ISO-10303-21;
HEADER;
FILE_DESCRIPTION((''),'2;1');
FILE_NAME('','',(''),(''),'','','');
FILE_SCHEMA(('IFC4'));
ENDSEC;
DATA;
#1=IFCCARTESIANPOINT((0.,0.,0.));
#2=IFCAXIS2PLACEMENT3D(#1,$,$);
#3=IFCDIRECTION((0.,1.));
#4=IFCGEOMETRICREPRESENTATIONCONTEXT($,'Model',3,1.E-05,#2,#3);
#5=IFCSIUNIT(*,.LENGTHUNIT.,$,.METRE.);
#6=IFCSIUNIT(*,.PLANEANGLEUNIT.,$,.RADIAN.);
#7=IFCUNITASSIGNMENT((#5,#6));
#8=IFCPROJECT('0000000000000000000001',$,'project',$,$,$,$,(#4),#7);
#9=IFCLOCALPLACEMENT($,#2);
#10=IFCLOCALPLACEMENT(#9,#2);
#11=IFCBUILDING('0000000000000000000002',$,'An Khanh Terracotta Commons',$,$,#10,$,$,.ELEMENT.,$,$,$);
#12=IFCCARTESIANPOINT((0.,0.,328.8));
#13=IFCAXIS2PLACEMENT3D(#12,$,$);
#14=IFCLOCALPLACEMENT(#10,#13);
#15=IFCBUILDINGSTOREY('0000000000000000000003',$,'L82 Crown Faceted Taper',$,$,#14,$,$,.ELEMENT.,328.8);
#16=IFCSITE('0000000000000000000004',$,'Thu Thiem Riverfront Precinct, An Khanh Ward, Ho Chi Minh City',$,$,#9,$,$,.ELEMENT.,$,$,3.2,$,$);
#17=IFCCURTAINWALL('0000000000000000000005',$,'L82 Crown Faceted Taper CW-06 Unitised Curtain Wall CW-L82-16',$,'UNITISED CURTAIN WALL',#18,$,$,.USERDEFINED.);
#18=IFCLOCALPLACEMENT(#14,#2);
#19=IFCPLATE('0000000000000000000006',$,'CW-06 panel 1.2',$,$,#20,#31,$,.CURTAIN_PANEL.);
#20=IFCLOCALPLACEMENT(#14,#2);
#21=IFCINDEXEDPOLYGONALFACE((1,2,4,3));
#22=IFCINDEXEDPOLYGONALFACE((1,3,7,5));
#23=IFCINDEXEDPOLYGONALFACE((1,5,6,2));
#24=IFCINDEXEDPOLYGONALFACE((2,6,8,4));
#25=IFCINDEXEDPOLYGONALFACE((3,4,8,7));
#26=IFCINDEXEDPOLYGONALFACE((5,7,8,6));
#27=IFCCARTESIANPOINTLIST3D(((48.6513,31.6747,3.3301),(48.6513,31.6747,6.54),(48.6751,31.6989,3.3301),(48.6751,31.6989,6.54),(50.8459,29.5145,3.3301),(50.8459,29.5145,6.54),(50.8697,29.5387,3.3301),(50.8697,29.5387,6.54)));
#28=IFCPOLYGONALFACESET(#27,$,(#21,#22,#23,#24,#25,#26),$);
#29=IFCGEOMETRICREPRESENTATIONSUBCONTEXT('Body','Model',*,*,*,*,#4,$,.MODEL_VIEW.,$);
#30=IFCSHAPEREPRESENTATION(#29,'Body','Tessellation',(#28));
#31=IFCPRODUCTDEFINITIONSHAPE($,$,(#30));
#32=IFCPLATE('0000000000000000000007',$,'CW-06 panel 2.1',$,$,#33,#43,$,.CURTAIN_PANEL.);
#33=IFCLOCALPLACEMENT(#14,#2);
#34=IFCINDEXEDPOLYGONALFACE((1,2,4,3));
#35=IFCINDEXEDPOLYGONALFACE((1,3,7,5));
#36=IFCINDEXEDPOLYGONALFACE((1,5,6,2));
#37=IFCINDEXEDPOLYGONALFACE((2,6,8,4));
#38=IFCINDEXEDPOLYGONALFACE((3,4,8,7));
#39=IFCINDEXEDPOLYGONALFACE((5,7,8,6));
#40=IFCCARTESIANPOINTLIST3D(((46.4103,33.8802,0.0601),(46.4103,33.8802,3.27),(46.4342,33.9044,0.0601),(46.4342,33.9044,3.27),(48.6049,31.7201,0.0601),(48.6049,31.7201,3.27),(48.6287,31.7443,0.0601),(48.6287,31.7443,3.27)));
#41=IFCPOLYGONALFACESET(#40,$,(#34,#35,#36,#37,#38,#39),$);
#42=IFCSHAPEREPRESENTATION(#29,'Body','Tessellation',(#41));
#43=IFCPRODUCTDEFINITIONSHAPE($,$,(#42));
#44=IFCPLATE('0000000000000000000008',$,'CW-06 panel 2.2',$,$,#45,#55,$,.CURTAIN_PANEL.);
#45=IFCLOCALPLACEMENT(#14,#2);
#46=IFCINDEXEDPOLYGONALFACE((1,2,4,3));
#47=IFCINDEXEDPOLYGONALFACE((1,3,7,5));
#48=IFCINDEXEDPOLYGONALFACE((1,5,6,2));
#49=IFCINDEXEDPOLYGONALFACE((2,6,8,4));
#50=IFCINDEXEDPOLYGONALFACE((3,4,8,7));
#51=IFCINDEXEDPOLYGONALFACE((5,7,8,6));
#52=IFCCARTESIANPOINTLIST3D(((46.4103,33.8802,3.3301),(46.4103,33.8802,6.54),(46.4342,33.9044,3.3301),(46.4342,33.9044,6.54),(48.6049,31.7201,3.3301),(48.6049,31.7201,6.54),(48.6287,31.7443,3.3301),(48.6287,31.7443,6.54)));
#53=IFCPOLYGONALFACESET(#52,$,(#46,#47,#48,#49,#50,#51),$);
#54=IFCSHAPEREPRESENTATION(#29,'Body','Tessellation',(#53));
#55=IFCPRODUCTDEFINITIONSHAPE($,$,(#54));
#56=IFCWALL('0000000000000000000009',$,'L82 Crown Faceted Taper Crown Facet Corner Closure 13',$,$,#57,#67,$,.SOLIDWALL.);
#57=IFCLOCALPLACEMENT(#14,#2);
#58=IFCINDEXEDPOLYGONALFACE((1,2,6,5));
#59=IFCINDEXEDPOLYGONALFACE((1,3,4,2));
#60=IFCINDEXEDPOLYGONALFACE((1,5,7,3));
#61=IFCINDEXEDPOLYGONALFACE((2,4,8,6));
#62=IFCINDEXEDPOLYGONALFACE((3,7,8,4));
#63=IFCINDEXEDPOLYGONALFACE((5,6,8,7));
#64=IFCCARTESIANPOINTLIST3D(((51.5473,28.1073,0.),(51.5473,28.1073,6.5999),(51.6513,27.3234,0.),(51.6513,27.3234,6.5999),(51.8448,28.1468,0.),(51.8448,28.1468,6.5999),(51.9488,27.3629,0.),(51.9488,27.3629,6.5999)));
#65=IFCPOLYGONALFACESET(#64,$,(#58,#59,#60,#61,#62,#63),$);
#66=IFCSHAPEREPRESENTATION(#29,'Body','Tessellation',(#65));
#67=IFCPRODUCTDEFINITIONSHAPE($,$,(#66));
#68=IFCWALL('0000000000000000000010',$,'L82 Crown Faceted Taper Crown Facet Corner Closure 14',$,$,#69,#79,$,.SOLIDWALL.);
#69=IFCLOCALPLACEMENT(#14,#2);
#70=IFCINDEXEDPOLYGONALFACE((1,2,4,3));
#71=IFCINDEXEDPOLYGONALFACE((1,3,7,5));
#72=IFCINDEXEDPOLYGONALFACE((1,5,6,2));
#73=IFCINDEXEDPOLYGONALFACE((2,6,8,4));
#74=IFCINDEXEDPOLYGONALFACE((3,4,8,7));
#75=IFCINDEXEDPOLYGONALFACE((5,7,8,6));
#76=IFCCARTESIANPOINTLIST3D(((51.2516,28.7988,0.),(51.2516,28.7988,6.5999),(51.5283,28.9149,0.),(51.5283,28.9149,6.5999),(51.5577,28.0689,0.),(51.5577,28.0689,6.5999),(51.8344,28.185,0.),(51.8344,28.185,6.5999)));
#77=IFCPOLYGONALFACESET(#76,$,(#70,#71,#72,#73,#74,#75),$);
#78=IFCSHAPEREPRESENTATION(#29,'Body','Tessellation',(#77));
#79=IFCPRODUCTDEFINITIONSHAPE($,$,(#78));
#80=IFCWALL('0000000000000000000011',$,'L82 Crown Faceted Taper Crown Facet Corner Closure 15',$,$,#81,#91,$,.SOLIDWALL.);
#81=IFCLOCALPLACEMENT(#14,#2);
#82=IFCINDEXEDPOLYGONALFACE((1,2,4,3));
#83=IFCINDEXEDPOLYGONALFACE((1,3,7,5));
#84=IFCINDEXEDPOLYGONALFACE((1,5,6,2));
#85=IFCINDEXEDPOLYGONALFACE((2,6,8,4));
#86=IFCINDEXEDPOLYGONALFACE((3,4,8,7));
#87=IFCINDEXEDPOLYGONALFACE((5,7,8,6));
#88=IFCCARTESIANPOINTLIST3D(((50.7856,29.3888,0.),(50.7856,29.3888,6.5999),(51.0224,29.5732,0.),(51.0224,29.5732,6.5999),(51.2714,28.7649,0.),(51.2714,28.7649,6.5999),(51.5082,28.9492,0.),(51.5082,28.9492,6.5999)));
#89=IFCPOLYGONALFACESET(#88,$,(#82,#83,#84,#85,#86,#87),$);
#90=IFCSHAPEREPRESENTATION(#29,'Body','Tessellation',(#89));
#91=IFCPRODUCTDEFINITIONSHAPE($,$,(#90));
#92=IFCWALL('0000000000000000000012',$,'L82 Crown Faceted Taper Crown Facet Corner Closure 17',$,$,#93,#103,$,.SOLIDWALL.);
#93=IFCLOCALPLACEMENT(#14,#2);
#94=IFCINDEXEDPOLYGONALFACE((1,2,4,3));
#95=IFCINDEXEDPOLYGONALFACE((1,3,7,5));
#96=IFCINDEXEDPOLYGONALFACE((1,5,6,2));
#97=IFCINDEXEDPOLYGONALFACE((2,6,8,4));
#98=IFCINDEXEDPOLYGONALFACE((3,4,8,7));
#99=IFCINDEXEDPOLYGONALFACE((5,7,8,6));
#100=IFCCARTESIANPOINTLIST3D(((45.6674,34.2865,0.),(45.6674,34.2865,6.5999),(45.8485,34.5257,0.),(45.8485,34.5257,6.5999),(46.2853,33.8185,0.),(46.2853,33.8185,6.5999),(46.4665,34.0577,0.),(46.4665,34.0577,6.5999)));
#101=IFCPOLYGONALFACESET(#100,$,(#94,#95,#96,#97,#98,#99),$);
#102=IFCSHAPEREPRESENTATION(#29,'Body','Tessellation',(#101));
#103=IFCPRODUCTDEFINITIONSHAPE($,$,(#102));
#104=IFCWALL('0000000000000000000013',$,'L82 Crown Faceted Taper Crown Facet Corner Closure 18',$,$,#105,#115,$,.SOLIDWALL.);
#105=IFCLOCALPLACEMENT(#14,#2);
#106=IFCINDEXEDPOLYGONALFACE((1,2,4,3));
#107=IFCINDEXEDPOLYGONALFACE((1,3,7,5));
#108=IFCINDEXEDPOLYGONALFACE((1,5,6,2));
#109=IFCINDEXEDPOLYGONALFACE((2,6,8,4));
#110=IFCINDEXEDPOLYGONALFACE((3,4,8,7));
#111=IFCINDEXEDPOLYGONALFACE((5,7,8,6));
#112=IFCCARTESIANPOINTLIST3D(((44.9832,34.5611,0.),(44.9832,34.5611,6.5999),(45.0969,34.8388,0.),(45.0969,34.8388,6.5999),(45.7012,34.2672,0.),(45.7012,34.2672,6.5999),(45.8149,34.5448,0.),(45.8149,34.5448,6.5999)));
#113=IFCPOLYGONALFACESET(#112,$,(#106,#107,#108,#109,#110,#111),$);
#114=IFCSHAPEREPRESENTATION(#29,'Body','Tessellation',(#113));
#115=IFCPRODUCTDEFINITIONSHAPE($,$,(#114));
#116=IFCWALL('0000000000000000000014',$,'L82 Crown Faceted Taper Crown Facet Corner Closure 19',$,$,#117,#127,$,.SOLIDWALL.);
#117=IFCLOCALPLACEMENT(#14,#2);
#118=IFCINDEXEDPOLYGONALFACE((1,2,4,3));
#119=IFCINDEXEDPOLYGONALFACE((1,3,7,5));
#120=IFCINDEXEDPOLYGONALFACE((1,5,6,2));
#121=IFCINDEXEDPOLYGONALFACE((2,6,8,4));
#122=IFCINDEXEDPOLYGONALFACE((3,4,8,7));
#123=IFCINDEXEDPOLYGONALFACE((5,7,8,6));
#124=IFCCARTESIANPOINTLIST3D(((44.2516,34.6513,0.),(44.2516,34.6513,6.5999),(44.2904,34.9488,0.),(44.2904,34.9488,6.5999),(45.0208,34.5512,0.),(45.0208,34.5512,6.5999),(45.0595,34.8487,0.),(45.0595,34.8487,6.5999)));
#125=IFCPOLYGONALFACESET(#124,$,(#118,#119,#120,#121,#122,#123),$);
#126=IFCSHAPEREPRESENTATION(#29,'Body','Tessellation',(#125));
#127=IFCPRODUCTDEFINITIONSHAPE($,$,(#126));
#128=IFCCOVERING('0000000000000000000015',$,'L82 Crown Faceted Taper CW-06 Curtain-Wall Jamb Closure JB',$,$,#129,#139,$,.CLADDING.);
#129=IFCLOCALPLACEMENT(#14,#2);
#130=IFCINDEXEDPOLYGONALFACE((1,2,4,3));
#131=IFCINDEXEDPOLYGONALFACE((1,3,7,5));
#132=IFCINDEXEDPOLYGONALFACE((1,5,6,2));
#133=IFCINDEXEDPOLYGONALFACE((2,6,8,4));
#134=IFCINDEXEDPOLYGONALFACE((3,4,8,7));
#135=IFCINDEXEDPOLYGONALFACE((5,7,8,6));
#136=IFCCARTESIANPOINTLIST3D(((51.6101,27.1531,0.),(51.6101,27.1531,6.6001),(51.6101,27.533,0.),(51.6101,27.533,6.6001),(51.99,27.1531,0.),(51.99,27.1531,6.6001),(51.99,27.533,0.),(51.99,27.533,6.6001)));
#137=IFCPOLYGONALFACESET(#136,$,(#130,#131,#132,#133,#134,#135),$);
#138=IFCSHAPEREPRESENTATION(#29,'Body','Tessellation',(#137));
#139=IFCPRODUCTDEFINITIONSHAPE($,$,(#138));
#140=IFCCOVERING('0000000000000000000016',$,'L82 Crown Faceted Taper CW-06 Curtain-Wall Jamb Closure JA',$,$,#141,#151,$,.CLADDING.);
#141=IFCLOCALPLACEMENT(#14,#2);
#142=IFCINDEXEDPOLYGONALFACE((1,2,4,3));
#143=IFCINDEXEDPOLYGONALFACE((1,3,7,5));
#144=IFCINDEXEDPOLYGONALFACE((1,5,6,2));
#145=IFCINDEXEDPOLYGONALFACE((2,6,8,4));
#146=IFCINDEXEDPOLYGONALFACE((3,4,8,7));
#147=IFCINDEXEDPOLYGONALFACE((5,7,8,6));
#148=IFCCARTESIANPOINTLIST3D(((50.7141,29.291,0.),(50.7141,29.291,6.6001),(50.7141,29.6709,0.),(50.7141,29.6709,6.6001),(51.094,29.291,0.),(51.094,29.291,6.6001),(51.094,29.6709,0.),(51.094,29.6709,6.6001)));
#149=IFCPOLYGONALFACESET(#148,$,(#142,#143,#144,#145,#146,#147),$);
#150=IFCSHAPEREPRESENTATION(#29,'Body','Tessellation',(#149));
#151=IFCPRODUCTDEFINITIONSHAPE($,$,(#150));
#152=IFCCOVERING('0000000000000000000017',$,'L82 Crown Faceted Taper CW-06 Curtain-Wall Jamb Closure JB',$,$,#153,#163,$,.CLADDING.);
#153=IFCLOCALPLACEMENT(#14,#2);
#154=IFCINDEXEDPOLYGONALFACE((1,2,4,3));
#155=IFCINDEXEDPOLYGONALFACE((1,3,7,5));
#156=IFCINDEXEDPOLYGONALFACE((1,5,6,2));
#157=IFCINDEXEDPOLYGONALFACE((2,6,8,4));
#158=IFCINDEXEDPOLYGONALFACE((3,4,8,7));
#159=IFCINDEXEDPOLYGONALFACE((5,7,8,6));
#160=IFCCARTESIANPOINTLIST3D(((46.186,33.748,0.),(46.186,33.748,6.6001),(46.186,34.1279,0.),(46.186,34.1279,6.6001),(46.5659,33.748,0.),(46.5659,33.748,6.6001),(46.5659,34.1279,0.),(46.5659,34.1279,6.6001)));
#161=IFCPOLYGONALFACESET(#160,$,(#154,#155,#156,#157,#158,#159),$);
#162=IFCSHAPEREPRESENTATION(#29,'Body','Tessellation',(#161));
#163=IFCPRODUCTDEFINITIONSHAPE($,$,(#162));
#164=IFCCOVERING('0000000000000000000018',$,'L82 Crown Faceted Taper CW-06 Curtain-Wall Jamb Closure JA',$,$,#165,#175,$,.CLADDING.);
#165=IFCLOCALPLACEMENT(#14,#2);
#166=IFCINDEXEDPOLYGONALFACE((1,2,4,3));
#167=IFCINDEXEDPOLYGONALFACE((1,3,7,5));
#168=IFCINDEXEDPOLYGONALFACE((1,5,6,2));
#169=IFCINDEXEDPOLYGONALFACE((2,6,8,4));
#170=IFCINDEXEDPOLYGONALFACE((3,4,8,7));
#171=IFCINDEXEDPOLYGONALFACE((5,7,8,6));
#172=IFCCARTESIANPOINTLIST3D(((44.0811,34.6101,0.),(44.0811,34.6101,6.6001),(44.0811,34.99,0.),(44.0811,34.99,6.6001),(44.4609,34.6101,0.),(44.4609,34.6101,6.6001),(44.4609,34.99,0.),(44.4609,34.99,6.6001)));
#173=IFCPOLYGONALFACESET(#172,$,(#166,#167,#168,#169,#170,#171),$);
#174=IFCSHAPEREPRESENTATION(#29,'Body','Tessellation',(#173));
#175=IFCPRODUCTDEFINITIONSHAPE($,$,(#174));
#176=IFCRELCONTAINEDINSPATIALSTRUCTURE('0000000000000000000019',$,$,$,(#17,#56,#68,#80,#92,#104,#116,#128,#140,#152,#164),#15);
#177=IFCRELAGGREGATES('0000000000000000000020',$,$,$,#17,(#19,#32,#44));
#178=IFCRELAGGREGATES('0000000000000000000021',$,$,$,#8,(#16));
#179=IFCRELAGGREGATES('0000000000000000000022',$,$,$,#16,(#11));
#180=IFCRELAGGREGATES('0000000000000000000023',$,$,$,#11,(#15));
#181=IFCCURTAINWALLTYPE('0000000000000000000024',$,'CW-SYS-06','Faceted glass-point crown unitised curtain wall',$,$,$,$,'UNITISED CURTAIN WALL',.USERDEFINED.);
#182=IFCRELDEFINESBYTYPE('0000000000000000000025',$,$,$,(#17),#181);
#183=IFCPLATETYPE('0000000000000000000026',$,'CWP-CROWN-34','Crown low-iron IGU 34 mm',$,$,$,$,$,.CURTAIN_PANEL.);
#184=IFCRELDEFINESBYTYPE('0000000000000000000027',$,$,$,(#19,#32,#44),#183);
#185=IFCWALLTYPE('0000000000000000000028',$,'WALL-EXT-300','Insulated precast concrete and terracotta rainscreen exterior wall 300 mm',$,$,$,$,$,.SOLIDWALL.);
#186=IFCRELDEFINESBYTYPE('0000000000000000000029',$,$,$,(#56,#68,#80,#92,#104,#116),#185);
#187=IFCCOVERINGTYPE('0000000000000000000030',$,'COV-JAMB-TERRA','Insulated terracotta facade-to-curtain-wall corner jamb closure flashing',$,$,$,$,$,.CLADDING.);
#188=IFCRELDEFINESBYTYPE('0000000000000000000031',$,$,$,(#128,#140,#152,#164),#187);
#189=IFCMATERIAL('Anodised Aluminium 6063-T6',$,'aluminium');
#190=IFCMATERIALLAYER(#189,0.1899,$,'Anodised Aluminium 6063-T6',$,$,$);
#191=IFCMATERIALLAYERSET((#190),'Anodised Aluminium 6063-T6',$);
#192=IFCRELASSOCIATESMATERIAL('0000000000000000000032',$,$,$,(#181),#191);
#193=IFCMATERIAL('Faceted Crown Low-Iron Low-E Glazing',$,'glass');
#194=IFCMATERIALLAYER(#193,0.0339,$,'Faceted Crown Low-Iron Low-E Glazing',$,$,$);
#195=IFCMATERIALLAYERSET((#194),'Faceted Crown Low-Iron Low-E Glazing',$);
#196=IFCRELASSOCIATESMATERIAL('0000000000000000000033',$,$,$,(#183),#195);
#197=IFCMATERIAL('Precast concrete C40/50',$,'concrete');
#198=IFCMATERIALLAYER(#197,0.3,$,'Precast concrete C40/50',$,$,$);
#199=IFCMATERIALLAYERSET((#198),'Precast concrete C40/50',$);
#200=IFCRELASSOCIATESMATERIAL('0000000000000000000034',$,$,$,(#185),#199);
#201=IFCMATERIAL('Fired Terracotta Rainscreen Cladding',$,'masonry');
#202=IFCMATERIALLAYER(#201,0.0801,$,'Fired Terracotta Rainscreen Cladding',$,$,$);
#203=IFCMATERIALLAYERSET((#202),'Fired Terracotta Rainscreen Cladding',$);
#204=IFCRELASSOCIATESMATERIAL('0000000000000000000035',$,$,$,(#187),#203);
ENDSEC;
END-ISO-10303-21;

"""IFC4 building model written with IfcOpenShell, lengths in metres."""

from ifc_helpers import new_model, si_unit, direction, frame, frame_2d, origin, origin_2d, place, context, subcontext, project, spatial, rectangle, extrude, material, layer, layer_set, type_object, element, aggregate, save


model = new_model("IFC4")

# Units and contexts
model_context = context("Model", 3, precision=1e-05, world=origin(), true_north=direction((0.0, 1.0)))
body_context = subcontext(model_context, "Body", "Model", "MODEL_VIEW")
ifc_project = project(units=[si_unit("LENGTHUNIT", "METRE"), si_unit("PLANEANGLEUNIT", "RADIAN")], contexts=[model_context])

# Site, building, storey
site_placement = place(None, origin())
site = spatial("IfcSite", under=ifc_project, at=site_placement, Name="Thu Thiem Riverfront Precinct, An Khanh Ward, Ho Chi Minh City", CompositionType="ELEMENT", RefElevation=3.2)
building_placement = place(site_placement, origin())
building = spatial("IfcBuilding", under=site, at=building_placement, Name="An Khanh Terracotta Commons", CompositionType="ELEMENT")
storey_placement = place(building_placement, frame((0.0, 0.0, 328.8)))
storey = spatial("IfcBuildingStorey", under=building, at=storey_placement, Name="L82 Crown Faceted Taper", CompositionType="ELEMENT", Elevation=328.8)

# Curtain wall
ifc_material_1 = material(Name="Anodised Aluminium 6063-T6", Category="aluminium")
ifc_layer_1 = layer(ifc_material_1, 0.1899, Name="Anodised Aluminium 6063-T6")
ifc_layer_set_1 = layer_set([ifc_layer_1], Name="Anodised Aluminium 6063-T6")
curtain_wall_type = type_object("IfcCurtainWallType", Name="CW-SYS-06", Description="Faceted glass-point crown unitised curtain wall", ElementType="UNITISED CURTAIN WALL", PredefinedType="USERDEFINED", material=ifc_layer_set_1)
curtain_wall_1_placement = place(storey_placement, origin())
curtain_wall_1 = element("IfcCurtainWall", 1, at=curtain_wall_1_placement, inside=storey, type_object=curtain_wall_type, Name="L82 Crown Faceted Taper CW-06 Unitised Curtain Wall CW-L82-16", ObjectType="UNITISED CURTAIN WALL", PredefinedType="USERDEFINED")

# Plates
ifc_material_2 = material(Name="Faceted Crown Low-Iron Low-E Glazing", Category="glass")
ifc_layer_2 = layer(ifc_material_2, 0.0339, Name="Faceted Crown Low-Iron Low-E Glazing")
ifc_layer_set_2 = layer_set([ifc_layer_2], Name="Faceted Crown Low-Iron Low-E Glazing")
plate_type_1 = type_object("IfcPlateType", Name="CWP-CROWN-34", Description="Crown low-iron IGU 34 mm", PredefinedType="CURTAIN_PANEL", material=ifc_layer_set_2)
plate_1_placement = place(storey_placement, frame((49.7605, 30.6067, 3.3301), z_axis=(0.0, 0.0, 1.0), x_axis=(-0.712672, 0.701497, 0.0)))
plate_1 = element("IfcPlate", 2, at=plate_1_placement, type_object=plate_type_1, Name="CW-06 panel 1.2", PredefinedType="CURTAIN_PANEL", context=body_context, shape_type="SweptSolid", body=[
    extrude(rectangle(XDim=3.0793, YDim=0.0339, at=origin_2d()), origin(), (0.0, 0.0, 1.0), 3.21),
])
plate_2_placement = place(storey_placement, frame((47.5195, 32.8123, 0.0601), z_axis=(0.0, 0.0, 1.0), x_axis=(-0.712672, 0.701497, 0.0)))
plate_2 = element("IfcPlate", 3, at=plate_2_placement, type_object=plate_type_1, Name="CW-06 panel 2.1", PredefinedType="CURTAIN_PANEL", context=body_context, shape_type="SweptSolid", body=[
    extrude(rectangle(XDim=3.0793, YDim=0.0339, at=origin_2d()), origin(), (0.0, 0.0, 1.0), 3.21),
])
plate_3_placement = place(storey_placement, frame((47.5195, 32.8123, 3.3301), z_axis=(0.0, 0.0, 1.0), x_axis=(-0.712672, 0.701497, 0.0)))
plate_3 = element("IfcPlate", 4, at=plate_3_placement, type_object=plate_type_1, Name="CW-06 panel 2.2", PredefinedType="CURTAIN_PANEL", context=body_context, shape_type="SweptSolid", body=[
    extrude(rectangle(XDim=3.0793, YDim=0.0339, at=origin_2d()), origin(), (0.0, 0.0, 1.0), 3.21),
])
aggregate(curtain_wall_1, [plate_1, plate_2, plate_3])

# Walls
ifc_material_3 = material(Name="Precast concrete C40/50", Category="concrete")
ifc_layer_3 = layer(ifc_material_3, 0.3, Name="Precast concrete C40/50")
ifc_layer_set_3 = layer_set([ifc_layer_3], Name="Precast concrete C40/50")
wall_type = type_object("IfcWallType", Name="WALL-EXT-300", Description="Insulated precast concrete and terracotta rainscreen exterior wall 300 mm", PredefinedType="SOLIDWALL", material=ifc_layer_set_3)
wall_1_placement = place(storey_placement, frame((51.8, 27.343, 0.0), z_axis=(0.0, 0.0, 1.0), x_axis=(-0.131517, 0.991314, 0.0)))
element("IfcWall", 5, at=wall_1_placement, inside=storey, type_object=wall_type, Name="L82 Crown Faceted Taper Crown Facet Corner Closure 13", PredefinedType="SOLIDWALL", context=body_context, shape_type="SweptSolid", body=[
    extrude(rectangle(XDim=0.7908, YDim=0.3, at=frame_2d((0.3955, 0.0))), origin(), (0.0, 0.0, 1.0), 6.5999),
])
wall_2_placement = place(storey_placement, frame((51.696, 28.127, 0.0), z_axis=(0.0, 0.0, 1.0), x_axis=(-0.386761, 0.92218, 0.0)))
element("IfcWall", 6, at=wall_2_placement, inside=storey, type_object=wall_type, Name="L82 Crown Faceted Taper Crown Facet Corner Closure 14", PredefinedType="SOLIDWALL", context=body_context, shape_type="SweptSolid", body=[
    extrude(rectangle(XDim=0.7915, YDim=0.3, at=frame_2d((0.3958, 0.0))), origin(), (0.0, 0.0, 1.0), 6.5999),
])
wall_3_placement = place(storey_placement, frame((51.3899, 28.8569, 0.0), z_axis=(0.0, 0.0, 1.0), x_axis=(-0.614325, 0.789053, 0.0)))
element("IfcWall", 7, at=wall_3_placement, inside=storey, type_object=wall_type, Name="L82 Crown Faceted Taper Crown Facet Corner Closure 15", PredefinedType="SOLIDWALL", context=body_context, shape_type="SweptSolid", body=[
    extrude(rectangle(XDim=0.7908, YDim=0.3, at=frame_2d((0.3955, 0.0))), origin(), (0.0, 0.0, 1.0), 6.5999),
])
wall_4_placement = place(storey_placement, frame((46.376, 33.938, 0.0), z_axis=(0.0, 0.0, 1.0), x_axis=(-0.797156, 0.603773, 0.0)))
element("IfcWall", 8, at=wall_4_placement, inside=storey, type_object=wall_type, Name="L82 Crown Faceted Taper Crown Facet Corner Closure 17", PredefinedType="SOLIDWALL", context=body_context, shape_type="SweptSolid", body=[
    extrude(rectangle(XDim=0.7751, YDim=0.3, at=frame_2d((0.3877, 0.0))), origin(), (0.0, 0.0, 1.0), 6.5999),
])
wall_5_placement = place(storey_placement, frame((45.7581, 34.406, 0.0), z_axis=(0.0, 0.0, 1.0), x_axis=(-0.925452, 0.378866, 0.0)))
element("IfcWall", 9, at=wall_5_placement, inside=storey, type_object=wall_type, Name="L82 Crown Faceted Taper Crown Facet Corner Closure 18", PredefinedType="SOLIDWALL", context=body_context, shape_type="SweptSolid", body=[
    extrude(rectangle(XDim=0.7759, YDim=0.3, at=frame_2d((0.3879, 0.0))), origin(), (0.0, 0.0, 1.0), 6.5999),
])
wall_6_placement = place(storey_placement, frame((45.04, 34.7, 0.0), z_axis=(0.0, 0.0, 1.0), x_axis=(-0.991635, 0.12907, 0.0)))
element("IfcWall", 10, at=wall_6_placement, inside=storey, type_object=wall_type, Name="L82 Crown Faceted Taper Crown Facet Corner Closure 19", PredefinedType="SOLIDWALL", context=body_context, shape_type="SweptSolid", body=[
    extrude(rectangle(XDim=0.7756, YDim=0.3, at=frame_2d((0.3877, 0.0))), origin(), (0.0, 0.0, 1.0), 6.5999),
])

# Coverings
ifc_material_4 = material(Name="Fired Terracotta Rainscreen Cladding", Category="masonry")
ifc_layer_4 = layer(ifc_material_4, 0.0801, Name="Fired Terracotta Rainscreen Cladding")
ifc_layer_set_4 = layer_set([ifc_layer_4], Name="Fired Terracotta Rainscreen Cladding")
covering_type = type_object("IfcCoveringType", Name="COV-JAMB-TERRA", Description="Insulated terracotta facade-to-curtain-wall corner jamb closure flashing", PredefinedType="CLADDING", material=ifc_layer_set_4)
for number, where, z_axis, x_axis, name in (
    (11, (51.8, 27.343, 0.0), (0.0, 0.0, 1.0), (1.0, 0.0, 0.0), "L82 Crown Faceted Taper CW-06 Curtain-Wall Jamb Closure JB"),
    (12, (50.9041, 29.481, 0.0), (0.0, 0.0, 1.0), (1.0, 0.0, 0.0), "L82 Crown Faceted Taper CW-06 Curtain-Wall Jamb Closure JA"),
    (13, (46.376, 33.938, 0.0), (0.0, 0.0, 1.0), (1.0, 0.0, 0.0), "L82 Crown Faceted Taper CW-06 Curtain-Wall Jamb Closure JB"),
    (14, (44.271, 34.8, 0.0), (0.0, 0.0, 1.0), (1.0, 0.0, 0.0), "L82 Crown Faceted Taper CW-06 Curtain-Wall Jamb Closure JA"),
):
    element("IfcCovering", number, at=place(storey_placement, frame(where, z_axis=z_axis, x_axis=x_axis)), inside=storey, type_object=covering_type, Name=name, PredefinedType="CLADDING", context=body_context, shape_type="SweptSolid", body=[
        extrude(rectangle(XDim=0.3799, YDim=0.3799, at=origin_2d()), origin(), (0.0, 0.0, 1.0), 6.6001),
    ])

save(model, "model.ifc")
